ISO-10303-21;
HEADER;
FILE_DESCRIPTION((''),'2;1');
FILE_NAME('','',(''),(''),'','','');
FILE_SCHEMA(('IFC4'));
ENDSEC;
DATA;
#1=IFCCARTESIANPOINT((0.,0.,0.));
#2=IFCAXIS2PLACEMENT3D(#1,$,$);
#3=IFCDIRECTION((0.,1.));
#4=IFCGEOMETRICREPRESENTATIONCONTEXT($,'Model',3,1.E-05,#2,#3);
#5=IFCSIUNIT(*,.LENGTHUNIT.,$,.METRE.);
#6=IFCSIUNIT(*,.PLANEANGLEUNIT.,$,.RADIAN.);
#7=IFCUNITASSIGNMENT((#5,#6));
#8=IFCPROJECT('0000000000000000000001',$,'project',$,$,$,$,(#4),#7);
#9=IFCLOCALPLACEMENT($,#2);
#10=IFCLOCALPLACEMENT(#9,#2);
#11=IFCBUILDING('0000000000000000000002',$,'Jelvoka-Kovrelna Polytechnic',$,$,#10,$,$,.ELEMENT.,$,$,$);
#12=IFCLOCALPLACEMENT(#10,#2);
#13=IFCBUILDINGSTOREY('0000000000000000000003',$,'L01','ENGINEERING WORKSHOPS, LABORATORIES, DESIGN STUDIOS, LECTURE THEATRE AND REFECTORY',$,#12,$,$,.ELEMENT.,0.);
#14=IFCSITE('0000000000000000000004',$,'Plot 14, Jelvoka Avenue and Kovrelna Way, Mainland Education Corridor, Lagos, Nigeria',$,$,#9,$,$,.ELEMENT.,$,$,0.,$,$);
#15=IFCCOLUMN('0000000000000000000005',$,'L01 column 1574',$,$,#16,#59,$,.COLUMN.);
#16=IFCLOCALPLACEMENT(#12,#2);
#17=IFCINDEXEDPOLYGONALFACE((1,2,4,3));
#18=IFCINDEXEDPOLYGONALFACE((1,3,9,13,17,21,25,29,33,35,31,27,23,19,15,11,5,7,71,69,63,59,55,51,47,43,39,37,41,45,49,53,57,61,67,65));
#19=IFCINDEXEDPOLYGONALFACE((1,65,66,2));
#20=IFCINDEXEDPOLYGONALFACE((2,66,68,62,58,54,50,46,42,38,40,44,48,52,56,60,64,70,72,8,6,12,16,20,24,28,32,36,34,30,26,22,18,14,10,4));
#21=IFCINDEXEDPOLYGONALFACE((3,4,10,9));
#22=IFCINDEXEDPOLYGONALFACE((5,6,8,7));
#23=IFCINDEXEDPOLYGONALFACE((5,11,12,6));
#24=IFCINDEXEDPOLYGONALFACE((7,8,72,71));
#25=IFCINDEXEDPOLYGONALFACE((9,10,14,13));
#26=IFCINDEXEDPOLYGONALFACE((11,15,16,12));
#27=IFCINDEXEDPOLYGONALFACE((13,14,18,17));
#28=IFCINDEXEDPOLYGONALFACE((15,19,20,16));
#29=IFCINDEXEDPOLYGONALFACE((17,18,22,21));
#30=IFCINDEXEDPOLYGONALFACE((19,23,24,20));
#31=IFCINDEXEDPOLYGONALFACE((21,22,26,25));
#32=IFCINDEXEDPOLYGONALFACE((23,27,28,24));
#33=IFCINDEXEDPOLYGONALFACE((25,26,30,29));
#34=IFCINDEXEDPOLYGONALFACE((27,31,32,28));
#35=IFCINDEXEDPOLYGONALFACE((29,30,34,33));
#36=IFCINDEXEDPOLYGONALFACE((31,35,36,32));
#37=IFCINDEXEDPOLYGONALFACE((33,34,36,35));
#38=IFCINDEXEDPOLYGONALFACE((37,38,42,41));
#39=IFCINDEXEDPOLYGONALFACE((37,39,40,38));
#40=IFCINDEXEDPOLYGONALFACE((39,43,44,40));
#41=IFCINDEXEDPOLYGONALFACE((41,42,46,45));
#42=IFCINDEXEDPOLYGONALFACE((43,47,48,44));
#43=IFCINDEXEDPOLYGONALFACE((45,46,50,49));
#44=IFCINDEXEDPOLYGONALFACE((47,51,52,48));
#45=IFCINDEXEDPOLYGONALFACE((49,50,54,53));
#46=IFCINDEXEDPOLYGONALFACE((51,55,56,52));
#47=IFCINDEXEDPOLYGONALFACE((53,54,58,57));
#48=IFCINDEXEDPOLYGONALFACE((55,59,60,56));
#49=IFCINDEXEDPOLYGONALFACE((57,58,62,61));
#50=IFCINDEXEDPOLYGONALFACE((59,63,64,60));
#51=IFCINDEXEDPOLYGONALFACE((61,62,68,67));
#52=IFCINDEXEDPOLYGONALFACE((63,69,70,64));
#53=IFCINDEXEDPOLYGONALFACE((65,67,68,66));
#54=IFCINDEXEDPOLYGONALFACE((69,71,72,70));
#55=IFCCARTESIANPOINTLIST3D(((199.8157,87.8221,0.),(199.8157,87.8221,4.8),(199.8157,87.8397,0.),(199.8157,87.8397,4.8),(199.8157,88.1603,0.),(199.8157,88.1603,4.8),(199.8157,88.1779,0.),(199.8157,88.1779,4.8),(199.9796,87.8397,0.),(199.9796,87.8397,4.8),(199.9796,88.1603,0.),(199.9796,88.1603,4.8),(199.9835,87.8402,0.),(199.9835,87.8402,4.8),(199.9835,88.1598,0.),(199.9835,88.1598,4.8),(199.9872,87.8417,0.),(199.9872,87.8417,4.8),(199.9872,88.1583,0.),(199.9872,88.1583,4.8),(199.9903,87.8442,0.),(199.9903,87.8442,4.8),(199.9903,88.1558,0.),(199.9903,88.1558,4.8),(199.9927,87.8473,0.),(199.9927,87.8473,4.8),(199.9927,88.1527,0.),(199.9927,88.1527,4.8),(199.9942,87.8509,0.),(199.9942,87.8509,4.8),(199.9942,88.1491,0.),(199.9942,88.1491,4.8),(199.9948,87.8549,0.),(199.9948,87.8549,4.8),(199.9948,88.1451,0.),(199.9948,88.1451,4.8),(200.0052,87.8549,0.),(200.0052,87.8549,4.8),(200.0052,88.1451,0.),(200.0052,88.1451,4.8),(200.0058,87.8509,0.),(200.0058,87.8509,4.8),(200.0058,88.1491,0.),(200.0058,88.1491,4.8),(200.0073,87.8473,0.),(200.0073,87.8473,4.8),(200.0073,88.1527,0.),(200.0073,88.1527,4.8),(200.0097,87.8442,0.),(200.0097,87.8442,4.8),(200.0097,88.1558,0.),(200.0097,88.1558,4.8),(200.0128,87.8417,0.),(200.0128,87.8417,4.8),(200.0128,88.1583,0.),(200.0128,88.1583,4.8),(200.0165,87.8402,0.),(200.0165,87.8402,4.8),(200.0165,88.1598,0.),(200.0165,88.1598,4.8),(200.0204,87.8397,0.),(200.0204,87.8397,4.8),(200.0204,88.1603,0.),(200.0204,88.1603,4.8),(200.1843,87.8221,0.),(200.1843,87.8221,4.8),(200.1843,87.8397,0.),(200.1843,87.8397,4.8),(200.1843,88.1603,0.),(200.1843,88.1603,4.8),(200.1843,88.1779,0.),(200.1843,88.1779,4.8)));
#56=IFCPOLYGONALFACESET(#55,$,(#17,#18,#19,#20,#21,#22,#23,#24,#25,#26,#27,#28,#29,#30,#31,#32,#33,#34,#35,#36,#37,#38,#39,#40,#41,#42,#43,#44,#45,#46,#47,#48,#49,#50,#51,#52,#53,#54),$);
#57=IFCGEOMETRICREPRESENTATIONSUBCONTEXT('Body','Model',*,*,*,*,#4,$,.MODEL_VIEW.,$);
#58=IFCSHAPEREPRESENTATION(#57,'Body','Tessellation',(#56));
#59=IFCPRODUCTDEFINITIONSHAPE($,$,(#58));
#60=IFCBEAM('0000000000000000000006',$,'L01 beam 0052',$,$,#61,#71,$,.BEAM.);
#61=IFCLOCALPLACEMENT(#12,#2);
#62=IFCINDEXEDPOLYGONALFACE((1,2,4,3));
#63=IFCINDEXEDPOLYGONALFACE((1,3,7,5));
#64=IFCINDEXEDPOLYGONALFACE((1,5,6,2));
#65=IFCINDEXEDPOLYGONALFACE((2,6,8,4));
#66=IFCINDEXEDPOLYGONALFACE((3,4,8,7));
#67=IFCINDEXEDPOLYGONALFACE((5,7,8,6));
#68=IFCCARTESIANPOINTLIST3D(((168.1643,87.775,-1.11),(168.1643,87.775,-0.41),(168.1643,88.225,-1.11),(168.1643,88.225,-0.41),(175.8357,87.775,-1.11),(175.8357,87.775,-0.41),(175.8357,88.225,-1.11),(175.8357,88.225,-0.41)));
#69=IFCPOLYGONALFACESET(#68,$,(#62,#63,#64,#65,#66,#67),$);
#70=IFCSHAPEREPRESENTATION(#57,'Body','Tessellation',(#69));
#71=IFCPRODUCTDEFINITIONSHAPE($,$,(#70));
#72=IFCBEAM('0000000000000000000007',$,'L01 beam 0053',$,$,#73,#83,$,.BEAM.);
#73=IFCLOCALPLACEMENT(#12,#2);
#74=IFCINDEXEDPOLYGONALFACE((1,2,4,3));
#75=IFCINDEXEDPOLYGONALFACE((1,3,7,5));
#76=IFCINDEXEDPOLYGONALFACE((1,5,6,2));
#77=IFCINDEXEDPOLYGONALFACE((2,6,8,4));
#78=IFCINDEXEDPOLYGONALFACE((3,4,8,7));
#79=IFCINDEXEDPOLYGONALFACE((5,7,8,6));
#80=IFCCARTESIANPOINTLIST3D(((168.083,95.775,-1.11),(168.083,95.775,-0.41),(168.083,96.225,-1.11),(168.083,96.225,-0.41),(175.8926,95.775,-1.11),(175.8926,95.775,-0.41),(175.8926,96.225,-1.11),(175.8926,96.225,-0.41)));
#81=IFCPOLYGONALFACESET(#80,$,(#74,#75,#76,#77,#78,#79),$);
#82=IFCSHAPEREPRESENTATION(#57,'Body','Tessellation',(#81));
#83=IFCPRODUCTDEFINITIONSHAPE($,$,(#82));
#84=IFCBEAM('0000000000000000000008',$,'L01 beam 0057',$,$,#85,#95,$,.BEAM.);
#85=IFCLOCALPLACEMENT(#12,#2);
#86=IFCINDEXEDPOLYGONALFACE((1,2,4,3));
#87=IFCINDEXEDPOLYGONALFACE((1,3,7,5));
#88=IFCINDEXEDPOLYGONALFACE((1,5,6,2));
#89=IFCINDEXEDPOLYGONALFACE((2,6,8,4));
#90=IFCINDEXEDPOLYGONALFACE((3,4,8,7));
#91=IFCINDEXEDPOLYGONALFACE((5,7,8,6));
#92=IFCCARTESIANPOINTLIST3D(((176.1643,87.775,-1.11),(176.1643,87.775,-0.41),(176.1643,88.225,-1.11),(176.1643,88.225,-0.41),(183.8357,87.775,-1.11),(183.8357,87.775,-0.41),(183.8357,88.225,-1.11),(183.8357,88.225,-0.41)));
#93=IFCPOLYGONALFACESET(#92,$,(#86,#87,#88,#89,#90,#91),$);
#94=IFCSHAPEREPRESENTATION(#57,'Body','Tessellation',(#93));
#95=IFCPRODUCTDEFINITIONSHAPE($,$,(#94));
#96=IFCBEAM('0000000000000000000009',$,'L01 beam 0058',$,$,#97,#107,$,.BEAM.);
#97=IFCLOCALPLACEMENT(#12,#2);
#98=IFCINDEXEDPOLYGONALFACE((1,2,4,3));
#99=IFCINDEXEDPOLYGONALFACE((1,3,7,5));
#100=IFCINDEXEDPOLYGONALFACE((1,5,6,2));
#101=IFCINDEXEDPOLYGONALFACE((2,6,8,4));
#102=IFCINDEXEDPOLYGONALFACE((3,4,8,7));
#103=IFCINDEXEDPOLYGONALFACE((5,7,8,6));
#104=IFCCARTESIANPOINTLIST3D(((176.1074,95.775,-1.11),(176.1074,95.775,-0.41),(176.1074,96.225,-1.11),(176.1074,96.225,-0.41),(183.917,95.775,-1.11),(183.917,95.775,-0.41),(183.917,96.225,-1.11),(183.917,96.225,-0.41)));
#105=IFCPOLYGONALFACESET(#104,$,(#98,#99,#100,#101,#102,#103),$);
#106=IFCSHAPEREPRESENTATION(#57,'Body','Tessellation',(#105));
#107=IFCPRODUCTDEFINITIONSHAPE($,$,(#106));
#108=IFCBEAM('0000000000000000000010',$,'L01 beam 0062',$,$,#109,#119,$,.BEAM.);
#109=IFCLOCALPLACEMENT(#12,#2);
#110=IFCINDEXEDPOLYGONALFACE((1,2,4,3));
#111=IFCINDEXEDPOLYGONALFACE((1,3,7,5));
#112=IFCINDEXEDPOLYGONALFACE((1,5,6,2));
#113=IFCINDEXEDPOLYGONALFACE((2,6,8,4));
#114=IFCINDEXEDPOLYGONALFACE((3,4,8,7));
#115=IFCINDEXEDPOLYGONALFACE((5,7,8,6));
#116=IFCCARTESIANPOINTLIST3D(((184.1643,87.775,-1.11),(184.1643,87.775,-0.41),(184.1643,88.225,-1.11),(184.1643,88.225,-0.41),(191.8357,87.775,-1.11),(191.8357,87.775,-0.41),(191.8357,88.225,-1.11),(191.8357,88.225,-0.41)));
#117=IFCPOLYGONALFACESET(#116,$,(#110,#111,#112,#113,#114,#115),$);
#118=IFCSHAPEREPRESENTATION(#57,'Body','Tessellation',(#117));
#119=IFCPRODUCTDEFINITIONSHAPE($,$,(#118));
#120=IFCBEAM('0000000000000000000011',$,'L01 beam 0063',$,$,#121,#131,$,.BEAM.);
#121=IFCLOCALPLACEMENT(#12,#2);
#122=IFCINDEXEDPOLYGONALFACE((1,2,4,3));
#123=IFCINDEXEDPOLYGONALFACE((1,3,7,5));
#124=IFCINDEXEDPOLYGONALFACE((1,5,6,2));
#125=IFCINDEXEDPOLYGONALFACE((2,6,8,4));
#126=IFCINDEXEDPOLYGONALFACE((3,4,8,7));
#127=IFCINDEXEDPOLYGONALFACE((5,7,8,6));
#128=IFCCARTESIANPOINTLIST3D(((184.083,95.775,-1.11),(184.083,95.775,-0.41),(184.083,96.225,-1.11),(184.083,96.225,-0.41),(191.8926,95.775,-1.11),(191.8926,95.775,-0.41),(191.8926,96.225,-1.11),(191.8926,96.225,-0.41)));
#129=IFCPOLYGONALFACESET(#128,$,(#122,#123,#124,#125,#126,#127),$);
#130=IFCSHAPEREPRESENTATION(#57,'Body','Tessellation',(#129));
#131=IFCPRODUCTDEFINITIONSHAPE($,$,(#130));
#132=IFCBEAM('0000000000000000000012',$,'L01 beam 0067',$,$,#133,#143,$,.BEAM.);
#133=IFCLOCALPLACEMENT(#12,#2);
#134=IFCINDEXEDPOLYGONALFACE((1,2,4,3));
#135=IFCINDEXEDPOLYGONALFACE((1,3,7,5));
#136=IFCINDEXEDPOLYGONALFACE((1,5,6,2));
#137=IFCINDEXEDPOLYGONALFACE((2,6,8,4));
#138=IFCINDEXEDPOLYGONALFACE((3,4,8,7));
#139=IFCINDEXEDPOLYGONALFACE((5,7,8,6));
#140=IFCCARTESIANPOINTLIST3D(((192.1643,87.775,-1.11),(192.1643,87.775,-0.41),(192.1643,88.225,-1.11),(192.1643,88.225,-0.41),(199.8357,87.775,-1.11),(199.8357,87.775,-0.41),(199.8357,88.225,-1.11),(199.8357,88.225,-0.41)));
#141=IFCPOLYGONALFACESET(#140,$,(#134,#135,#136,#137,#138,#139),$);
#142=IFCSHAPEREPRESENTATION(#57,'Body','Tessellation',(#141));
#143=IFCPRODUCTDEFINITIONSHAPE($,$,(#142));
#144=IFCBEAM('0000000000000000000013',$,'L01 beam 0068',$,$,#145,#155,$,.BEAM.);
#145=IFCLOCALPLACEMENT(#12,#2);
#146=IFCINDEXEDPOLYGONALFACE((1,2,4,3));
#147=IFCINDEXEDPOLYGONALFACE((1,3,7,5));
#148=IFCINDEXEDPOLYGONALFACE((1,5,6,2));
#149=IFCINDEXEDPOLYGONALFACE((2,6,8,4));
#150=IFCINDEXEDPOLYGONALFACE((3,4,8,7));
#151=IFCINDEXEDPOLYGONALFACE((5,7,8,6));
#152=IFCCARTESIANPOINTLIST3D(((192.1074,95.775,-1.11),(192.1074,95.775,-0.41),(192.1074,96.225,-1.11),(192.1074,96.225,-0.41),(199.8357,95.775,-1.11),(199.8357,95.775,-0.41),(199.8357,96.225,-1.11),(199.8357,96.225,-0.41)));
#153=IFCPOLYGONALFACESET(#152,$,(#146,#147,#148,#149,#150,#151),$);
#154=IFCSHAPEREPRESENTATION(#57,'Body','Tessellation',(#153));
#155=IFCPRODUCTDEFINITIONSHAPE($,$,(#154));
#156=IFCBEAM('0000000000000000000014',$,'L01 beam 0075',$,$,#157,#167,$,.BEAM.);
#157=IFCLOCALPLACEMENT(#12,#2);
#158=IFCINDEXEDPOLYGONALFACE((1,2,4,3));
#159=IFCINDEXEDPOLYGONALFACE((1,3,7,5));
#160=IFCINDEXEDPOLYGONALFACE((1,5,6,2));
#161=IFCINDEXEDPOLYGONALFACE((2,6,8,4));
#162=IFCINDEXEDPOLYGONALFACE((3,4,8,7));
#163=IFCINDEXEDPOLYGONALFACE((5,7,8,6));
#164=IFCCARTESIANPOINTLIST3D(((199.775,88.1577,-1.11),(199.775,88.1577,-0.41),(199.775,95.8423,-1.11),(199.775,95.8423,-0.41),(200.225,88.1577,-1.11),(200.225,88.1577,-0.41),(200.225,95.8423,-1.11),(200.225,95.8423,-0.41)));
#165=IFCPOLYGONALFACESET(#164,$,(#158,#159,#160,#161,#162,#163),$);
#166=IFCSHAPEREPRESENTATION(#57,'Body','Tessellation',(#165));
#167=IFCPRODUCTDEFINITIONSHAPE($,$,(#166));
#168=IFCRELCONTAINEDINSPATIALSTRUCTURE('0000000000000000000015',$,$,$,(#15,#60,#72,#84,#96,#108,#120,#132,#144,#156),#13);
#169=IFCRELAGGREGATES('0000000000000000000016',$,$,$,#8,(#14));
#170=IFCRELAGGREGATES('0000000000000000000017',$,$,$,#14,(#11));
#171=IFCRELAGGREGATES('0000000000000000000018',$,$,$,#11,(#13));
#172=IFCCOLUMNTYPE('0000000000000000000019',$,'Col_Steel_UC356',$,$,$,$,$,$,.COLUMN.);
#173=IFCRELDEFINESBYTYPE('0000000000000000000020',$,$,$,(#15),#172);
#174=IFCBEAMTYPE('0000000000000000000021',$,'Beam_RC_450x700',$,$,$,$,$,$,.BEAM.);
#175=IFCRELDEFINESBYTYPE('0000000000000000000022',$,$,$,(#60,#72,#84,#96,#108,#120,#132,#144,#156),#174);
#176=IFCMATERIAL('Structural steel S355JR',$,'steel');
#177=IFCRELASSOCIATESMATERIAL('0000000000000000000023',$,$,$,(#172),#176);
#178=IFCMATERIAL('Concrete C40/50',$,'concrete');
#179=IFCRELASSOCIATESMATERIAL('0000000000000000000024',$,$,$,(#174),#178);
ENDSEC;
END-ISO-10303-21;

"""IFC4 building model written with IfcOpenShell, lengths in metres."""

from ifc_helpers import new_model, si_unit, direction, frame, origin, origin_2d, place, context, subcontext, project, spatial, rectangle, i_section, extrude, material, material_profile, profile_set, type_object, element, save


model = new_model("IFC4")

# Units and contexts
model_context = context("Model", 3, precision=1e-05, world=origin(), true_north=direction((0.0, 1.0)))
body_context = subcontext(model_context, "Body", "Model", "MODEL_VIEW")
ifc_project = project(units=[si_unit("LENGTHUNIT", "METRE"), si_unit("PLANEANGLEUNIT", "RADIAN")], contexts=[model_context])

# Site, building, storey
site_placement = place(None, origin())
site = spatial("IfcSite", under=ifc_project, at=site_placement, Name="Plot 14, Jelvoka Avenue and Kovrelna Way, Mainland Education Corridor, Lagos, Nigeria", CompositionType="ELEMENT", RefElevation=0.0)
building_placement = place(site_placement, origin())
building = spatial("IfcBuilding", under=site, at=building_placement, Name="Jelvoka-Kovrelna Polytechnic", CompositionType="ELEMENT")
storey_placement = place(building_placement, origin())
storey = spatial("IfcBuildingStorey", under=building, at=storey_placement, Name="L01", Description="ENGINEERING WORKSHOPS, LABORATORIES, DESIGN STUDIOS, LECTURE THEATRE AND REFECTORY", CompositionType="ELEMENT", Elevation=0.0)

# Column
ifc_material_1 = material(Name="Structural steel S355JR", Category="steel")
ifc_material_profile_1 = material_profile(ifc_material_1, i_section(OverallWidth=0.3687, OverallDepth=0.3557, WebThickness=0.0105, FlangeThickness=0.0176, FilletRadius=0.0151, at=origin_2d()), Name="356x368x129 UC")
ifc_profile_set_1 = profile_set([ifc_material_profile_1], Name="Structural steel S355JR")
column_type_1 = type_object("IfcColumnType", Name="Col_Steel_UC356", PredefinedType="COLUMN", material=ifc_profile_set_1)
for number, where, z_axis, x_axis, name in (
    (1, (200.0, 88.0, 0.0), (0.0, 0.0, 1.0), (1.0, 0.0, 0.0), "L01 column 1574"),
):
    element("IfcColumn", number, at=place(storey_placement, frame(where, z_axis=z_axis, x_axis=x_axis)), inside=storey, type_object=column_type_1, Name=name, PredefinedType="COLUMN", context=body_context, shape_type="SweptSolid", body=[
        extrude(i_section(OverallWidth=0.3687, OverallDepth=0.3557, WebThickness=0.0105, FlangeThickness=0.0176, FilletRadius=0.0151, at=origin_2d()), origin(), (0.0, 0.0, 1.0), 4.8),
    ])

# Beams
ifc_material_2 = material(Name="Concrete C40/50", Category="concrete")
ifc_material_profile_2 = material_profile(ifc_material_2, rectangle(XDim=0.45, YDim=0.7, at=origin_2d()), Name="RC 450x700")
ifc_profile_set_2 = profile_set([ifc_material_profile_2], Name="Concrete C40/50")
beam_type = type_object("IfcBeamType", Name="Beam_RC_450x700", PredefinedType="BEAM", material=ifc_profile_set_2)
beam_1_placement = place(storey_placement, frame((168.1643, 88.0, -0.76), z_axis=(1.0, 0.0, 0.0), x_axis=(0.0, 1.0, 0.0)))
element("IfcBeam", 2, at=beam_1_placement, inside=storey, type_object=beam_type, Name="L01 beam 0052", PredefinedType="BEAM", context=body_context, shape_type="SweptSolid", body=[
    extrude(rectangle(XDim=0.45, YDim=0.7, at=origin_2d()), origin(), (0.0, 0.0, 1.0), 7.6714),
])
beam_2_placement = place(storey_placement, frame((168.083, 96.0, -0.76), z_axis=(1.0, 0.0, 0.0), x_axis=(0.0, 1.0, 0.0)))
element("IfcBeam", 3, at=beam_2_placement, inside=storey, type_object=beam_type, Name="L01 beam 0053", PredefinedType="BEAM", context=body_context, shape_type="SweptSolid", body=[
    extrude(rectangle(XDim=0.45, YDim=0.7, at=origin_2d()), origin(), (0.0, 0.0, 1.0), 7.8096),
])
beam_3_placement = place(storey_placement, frame((176.1643, 88.0, -0.76), z_axis=(1.0, 0.0, 0.0), x_axis=(0.0, 1.0, 0.0)))
element("IfcBeam", 4, at=beam_3_placement, inside=storey, type_object=beam_type, Name="L01 beam 0057", PredefinedType="BEAM", context=body_context, shape_type="SweptSolid", body=[
    extrude(rectangle(XDim=0.45, YDim=0.7, at=origin_2d()), origin(), (0.0, 0.0, 1.0), 7.6714),
])
beam_4_placement = place(storey_placement, frame((176.1074, 96.0, -0.76), z_axis=(1.0, 0.0, 0.0), x_axis=(0.0, 1.0, 0.0)))
element("IfcBeam", 5, at=beam_4_placement, inside=storey, type_object=beam_type, Name="L01 beam 0058", PredefinedType="BEAM", context=body_context, shape_type="SweptSolid", body=[
    extrude(rectangle(XDim=0.45, YDim=0.7, at=origin_2d()), origin(), (0.0, 0.0, 1.0), 7.8096),
])
beam_5_placement = place(storey_placement, frame((184.1643, 88.0, -0.76), z_axis=(1.0, 0.0, 0.0), x_axis=(0.0, 1.0, 0.0)))
element("IfcBeam", 6, at=beam_5_placement, inside=storey, type_object=beam_type, Name="L01 beam 0062", PredefinedType="BEAM", context=body_context, shape_type="SweptSolid", body=[
    extrude(rectangle(XDim=0.45, YDim=0.7, at=origin_2d()), origin(), (0.0, 0.0, 1.0), 7.6714),
])
beam_6_placement = place(storey_placement, frame((184.083, 96.0, -0.76), z_axis=(1.0, 0.0, 0.0), x_axis=(0.0, 1.0, 0.0)))
element("IfcBeam", 7, at=beam_6_placement, inside=storey, type_object=beam_type, Name="L01 beam 0063", PredefinedType="BEAM", context=body_context, shape_type="SweptSolid", body=[
    extrude(rectangle(XDim=0.45, YDim=0.7, at=origin_2d()), origin(), (0.0, 0.0, 1.0), 7.8096),
])
beam_7_placement = place(storey_placement, frame((192.1643, 88.0, -0.76), z_axis=(1.0, 0.0, 0.0), x_axis=(0.0, 1.0, 0.0)))
element("IfcBeam", 8, at=beam_7_placement, inside=storey, type_object=beam_type, Name="L01 beam 0067", PredefinedType="BEAM", context=body_context, shape_type="SweptSolid", body=[
    extrude(rectangle(XDim=0.45, YDim=0.7, at=origin_2d()), origin(), (0.0, 0.0, 1.0), 7.6714),
])
beam_8_placement = place(storey_placement, frame((192.1074, 96.0, -0.76), z_axis=(1.0, 0.0, 0.0), x_axis=(0.0, 1.0, 0.0)))
element("IfcBeam", 9, at=beam_8_placement, inside=storey, type_object=beam_type, Name="L01 beam 0068", PredefinedType="BEAM", context=body_context, shape_type="SweptSolid", body=[
    extrude(rectangle(XDim=0.45, YDim=0.7, at=origin_2d()), origin(), (0.0, 0.0, 1.0), 7.7283),
])
beam_9_placement = place(storey_placement, frame((200.0, 88.1577, -0.76), z_axis=(0.0, 1.0, 0.0), x_axis=(-1.0, 0.0, 0.0)))
element("IfcBeam", 10, at=beam_9_placement, inside=storey, type_object=beam_type, Name="L01 beam 0075", PredefinedType="BEAM", context=body_context, shape_type="SweptSolid", body=[
    extrude(rectangle(XDim=0.45, YDim=0.7, at=origin_2d()), origin(), (0.0, 0.0, 1.0), 7.6846),
])

save(model, "model.ifc")
